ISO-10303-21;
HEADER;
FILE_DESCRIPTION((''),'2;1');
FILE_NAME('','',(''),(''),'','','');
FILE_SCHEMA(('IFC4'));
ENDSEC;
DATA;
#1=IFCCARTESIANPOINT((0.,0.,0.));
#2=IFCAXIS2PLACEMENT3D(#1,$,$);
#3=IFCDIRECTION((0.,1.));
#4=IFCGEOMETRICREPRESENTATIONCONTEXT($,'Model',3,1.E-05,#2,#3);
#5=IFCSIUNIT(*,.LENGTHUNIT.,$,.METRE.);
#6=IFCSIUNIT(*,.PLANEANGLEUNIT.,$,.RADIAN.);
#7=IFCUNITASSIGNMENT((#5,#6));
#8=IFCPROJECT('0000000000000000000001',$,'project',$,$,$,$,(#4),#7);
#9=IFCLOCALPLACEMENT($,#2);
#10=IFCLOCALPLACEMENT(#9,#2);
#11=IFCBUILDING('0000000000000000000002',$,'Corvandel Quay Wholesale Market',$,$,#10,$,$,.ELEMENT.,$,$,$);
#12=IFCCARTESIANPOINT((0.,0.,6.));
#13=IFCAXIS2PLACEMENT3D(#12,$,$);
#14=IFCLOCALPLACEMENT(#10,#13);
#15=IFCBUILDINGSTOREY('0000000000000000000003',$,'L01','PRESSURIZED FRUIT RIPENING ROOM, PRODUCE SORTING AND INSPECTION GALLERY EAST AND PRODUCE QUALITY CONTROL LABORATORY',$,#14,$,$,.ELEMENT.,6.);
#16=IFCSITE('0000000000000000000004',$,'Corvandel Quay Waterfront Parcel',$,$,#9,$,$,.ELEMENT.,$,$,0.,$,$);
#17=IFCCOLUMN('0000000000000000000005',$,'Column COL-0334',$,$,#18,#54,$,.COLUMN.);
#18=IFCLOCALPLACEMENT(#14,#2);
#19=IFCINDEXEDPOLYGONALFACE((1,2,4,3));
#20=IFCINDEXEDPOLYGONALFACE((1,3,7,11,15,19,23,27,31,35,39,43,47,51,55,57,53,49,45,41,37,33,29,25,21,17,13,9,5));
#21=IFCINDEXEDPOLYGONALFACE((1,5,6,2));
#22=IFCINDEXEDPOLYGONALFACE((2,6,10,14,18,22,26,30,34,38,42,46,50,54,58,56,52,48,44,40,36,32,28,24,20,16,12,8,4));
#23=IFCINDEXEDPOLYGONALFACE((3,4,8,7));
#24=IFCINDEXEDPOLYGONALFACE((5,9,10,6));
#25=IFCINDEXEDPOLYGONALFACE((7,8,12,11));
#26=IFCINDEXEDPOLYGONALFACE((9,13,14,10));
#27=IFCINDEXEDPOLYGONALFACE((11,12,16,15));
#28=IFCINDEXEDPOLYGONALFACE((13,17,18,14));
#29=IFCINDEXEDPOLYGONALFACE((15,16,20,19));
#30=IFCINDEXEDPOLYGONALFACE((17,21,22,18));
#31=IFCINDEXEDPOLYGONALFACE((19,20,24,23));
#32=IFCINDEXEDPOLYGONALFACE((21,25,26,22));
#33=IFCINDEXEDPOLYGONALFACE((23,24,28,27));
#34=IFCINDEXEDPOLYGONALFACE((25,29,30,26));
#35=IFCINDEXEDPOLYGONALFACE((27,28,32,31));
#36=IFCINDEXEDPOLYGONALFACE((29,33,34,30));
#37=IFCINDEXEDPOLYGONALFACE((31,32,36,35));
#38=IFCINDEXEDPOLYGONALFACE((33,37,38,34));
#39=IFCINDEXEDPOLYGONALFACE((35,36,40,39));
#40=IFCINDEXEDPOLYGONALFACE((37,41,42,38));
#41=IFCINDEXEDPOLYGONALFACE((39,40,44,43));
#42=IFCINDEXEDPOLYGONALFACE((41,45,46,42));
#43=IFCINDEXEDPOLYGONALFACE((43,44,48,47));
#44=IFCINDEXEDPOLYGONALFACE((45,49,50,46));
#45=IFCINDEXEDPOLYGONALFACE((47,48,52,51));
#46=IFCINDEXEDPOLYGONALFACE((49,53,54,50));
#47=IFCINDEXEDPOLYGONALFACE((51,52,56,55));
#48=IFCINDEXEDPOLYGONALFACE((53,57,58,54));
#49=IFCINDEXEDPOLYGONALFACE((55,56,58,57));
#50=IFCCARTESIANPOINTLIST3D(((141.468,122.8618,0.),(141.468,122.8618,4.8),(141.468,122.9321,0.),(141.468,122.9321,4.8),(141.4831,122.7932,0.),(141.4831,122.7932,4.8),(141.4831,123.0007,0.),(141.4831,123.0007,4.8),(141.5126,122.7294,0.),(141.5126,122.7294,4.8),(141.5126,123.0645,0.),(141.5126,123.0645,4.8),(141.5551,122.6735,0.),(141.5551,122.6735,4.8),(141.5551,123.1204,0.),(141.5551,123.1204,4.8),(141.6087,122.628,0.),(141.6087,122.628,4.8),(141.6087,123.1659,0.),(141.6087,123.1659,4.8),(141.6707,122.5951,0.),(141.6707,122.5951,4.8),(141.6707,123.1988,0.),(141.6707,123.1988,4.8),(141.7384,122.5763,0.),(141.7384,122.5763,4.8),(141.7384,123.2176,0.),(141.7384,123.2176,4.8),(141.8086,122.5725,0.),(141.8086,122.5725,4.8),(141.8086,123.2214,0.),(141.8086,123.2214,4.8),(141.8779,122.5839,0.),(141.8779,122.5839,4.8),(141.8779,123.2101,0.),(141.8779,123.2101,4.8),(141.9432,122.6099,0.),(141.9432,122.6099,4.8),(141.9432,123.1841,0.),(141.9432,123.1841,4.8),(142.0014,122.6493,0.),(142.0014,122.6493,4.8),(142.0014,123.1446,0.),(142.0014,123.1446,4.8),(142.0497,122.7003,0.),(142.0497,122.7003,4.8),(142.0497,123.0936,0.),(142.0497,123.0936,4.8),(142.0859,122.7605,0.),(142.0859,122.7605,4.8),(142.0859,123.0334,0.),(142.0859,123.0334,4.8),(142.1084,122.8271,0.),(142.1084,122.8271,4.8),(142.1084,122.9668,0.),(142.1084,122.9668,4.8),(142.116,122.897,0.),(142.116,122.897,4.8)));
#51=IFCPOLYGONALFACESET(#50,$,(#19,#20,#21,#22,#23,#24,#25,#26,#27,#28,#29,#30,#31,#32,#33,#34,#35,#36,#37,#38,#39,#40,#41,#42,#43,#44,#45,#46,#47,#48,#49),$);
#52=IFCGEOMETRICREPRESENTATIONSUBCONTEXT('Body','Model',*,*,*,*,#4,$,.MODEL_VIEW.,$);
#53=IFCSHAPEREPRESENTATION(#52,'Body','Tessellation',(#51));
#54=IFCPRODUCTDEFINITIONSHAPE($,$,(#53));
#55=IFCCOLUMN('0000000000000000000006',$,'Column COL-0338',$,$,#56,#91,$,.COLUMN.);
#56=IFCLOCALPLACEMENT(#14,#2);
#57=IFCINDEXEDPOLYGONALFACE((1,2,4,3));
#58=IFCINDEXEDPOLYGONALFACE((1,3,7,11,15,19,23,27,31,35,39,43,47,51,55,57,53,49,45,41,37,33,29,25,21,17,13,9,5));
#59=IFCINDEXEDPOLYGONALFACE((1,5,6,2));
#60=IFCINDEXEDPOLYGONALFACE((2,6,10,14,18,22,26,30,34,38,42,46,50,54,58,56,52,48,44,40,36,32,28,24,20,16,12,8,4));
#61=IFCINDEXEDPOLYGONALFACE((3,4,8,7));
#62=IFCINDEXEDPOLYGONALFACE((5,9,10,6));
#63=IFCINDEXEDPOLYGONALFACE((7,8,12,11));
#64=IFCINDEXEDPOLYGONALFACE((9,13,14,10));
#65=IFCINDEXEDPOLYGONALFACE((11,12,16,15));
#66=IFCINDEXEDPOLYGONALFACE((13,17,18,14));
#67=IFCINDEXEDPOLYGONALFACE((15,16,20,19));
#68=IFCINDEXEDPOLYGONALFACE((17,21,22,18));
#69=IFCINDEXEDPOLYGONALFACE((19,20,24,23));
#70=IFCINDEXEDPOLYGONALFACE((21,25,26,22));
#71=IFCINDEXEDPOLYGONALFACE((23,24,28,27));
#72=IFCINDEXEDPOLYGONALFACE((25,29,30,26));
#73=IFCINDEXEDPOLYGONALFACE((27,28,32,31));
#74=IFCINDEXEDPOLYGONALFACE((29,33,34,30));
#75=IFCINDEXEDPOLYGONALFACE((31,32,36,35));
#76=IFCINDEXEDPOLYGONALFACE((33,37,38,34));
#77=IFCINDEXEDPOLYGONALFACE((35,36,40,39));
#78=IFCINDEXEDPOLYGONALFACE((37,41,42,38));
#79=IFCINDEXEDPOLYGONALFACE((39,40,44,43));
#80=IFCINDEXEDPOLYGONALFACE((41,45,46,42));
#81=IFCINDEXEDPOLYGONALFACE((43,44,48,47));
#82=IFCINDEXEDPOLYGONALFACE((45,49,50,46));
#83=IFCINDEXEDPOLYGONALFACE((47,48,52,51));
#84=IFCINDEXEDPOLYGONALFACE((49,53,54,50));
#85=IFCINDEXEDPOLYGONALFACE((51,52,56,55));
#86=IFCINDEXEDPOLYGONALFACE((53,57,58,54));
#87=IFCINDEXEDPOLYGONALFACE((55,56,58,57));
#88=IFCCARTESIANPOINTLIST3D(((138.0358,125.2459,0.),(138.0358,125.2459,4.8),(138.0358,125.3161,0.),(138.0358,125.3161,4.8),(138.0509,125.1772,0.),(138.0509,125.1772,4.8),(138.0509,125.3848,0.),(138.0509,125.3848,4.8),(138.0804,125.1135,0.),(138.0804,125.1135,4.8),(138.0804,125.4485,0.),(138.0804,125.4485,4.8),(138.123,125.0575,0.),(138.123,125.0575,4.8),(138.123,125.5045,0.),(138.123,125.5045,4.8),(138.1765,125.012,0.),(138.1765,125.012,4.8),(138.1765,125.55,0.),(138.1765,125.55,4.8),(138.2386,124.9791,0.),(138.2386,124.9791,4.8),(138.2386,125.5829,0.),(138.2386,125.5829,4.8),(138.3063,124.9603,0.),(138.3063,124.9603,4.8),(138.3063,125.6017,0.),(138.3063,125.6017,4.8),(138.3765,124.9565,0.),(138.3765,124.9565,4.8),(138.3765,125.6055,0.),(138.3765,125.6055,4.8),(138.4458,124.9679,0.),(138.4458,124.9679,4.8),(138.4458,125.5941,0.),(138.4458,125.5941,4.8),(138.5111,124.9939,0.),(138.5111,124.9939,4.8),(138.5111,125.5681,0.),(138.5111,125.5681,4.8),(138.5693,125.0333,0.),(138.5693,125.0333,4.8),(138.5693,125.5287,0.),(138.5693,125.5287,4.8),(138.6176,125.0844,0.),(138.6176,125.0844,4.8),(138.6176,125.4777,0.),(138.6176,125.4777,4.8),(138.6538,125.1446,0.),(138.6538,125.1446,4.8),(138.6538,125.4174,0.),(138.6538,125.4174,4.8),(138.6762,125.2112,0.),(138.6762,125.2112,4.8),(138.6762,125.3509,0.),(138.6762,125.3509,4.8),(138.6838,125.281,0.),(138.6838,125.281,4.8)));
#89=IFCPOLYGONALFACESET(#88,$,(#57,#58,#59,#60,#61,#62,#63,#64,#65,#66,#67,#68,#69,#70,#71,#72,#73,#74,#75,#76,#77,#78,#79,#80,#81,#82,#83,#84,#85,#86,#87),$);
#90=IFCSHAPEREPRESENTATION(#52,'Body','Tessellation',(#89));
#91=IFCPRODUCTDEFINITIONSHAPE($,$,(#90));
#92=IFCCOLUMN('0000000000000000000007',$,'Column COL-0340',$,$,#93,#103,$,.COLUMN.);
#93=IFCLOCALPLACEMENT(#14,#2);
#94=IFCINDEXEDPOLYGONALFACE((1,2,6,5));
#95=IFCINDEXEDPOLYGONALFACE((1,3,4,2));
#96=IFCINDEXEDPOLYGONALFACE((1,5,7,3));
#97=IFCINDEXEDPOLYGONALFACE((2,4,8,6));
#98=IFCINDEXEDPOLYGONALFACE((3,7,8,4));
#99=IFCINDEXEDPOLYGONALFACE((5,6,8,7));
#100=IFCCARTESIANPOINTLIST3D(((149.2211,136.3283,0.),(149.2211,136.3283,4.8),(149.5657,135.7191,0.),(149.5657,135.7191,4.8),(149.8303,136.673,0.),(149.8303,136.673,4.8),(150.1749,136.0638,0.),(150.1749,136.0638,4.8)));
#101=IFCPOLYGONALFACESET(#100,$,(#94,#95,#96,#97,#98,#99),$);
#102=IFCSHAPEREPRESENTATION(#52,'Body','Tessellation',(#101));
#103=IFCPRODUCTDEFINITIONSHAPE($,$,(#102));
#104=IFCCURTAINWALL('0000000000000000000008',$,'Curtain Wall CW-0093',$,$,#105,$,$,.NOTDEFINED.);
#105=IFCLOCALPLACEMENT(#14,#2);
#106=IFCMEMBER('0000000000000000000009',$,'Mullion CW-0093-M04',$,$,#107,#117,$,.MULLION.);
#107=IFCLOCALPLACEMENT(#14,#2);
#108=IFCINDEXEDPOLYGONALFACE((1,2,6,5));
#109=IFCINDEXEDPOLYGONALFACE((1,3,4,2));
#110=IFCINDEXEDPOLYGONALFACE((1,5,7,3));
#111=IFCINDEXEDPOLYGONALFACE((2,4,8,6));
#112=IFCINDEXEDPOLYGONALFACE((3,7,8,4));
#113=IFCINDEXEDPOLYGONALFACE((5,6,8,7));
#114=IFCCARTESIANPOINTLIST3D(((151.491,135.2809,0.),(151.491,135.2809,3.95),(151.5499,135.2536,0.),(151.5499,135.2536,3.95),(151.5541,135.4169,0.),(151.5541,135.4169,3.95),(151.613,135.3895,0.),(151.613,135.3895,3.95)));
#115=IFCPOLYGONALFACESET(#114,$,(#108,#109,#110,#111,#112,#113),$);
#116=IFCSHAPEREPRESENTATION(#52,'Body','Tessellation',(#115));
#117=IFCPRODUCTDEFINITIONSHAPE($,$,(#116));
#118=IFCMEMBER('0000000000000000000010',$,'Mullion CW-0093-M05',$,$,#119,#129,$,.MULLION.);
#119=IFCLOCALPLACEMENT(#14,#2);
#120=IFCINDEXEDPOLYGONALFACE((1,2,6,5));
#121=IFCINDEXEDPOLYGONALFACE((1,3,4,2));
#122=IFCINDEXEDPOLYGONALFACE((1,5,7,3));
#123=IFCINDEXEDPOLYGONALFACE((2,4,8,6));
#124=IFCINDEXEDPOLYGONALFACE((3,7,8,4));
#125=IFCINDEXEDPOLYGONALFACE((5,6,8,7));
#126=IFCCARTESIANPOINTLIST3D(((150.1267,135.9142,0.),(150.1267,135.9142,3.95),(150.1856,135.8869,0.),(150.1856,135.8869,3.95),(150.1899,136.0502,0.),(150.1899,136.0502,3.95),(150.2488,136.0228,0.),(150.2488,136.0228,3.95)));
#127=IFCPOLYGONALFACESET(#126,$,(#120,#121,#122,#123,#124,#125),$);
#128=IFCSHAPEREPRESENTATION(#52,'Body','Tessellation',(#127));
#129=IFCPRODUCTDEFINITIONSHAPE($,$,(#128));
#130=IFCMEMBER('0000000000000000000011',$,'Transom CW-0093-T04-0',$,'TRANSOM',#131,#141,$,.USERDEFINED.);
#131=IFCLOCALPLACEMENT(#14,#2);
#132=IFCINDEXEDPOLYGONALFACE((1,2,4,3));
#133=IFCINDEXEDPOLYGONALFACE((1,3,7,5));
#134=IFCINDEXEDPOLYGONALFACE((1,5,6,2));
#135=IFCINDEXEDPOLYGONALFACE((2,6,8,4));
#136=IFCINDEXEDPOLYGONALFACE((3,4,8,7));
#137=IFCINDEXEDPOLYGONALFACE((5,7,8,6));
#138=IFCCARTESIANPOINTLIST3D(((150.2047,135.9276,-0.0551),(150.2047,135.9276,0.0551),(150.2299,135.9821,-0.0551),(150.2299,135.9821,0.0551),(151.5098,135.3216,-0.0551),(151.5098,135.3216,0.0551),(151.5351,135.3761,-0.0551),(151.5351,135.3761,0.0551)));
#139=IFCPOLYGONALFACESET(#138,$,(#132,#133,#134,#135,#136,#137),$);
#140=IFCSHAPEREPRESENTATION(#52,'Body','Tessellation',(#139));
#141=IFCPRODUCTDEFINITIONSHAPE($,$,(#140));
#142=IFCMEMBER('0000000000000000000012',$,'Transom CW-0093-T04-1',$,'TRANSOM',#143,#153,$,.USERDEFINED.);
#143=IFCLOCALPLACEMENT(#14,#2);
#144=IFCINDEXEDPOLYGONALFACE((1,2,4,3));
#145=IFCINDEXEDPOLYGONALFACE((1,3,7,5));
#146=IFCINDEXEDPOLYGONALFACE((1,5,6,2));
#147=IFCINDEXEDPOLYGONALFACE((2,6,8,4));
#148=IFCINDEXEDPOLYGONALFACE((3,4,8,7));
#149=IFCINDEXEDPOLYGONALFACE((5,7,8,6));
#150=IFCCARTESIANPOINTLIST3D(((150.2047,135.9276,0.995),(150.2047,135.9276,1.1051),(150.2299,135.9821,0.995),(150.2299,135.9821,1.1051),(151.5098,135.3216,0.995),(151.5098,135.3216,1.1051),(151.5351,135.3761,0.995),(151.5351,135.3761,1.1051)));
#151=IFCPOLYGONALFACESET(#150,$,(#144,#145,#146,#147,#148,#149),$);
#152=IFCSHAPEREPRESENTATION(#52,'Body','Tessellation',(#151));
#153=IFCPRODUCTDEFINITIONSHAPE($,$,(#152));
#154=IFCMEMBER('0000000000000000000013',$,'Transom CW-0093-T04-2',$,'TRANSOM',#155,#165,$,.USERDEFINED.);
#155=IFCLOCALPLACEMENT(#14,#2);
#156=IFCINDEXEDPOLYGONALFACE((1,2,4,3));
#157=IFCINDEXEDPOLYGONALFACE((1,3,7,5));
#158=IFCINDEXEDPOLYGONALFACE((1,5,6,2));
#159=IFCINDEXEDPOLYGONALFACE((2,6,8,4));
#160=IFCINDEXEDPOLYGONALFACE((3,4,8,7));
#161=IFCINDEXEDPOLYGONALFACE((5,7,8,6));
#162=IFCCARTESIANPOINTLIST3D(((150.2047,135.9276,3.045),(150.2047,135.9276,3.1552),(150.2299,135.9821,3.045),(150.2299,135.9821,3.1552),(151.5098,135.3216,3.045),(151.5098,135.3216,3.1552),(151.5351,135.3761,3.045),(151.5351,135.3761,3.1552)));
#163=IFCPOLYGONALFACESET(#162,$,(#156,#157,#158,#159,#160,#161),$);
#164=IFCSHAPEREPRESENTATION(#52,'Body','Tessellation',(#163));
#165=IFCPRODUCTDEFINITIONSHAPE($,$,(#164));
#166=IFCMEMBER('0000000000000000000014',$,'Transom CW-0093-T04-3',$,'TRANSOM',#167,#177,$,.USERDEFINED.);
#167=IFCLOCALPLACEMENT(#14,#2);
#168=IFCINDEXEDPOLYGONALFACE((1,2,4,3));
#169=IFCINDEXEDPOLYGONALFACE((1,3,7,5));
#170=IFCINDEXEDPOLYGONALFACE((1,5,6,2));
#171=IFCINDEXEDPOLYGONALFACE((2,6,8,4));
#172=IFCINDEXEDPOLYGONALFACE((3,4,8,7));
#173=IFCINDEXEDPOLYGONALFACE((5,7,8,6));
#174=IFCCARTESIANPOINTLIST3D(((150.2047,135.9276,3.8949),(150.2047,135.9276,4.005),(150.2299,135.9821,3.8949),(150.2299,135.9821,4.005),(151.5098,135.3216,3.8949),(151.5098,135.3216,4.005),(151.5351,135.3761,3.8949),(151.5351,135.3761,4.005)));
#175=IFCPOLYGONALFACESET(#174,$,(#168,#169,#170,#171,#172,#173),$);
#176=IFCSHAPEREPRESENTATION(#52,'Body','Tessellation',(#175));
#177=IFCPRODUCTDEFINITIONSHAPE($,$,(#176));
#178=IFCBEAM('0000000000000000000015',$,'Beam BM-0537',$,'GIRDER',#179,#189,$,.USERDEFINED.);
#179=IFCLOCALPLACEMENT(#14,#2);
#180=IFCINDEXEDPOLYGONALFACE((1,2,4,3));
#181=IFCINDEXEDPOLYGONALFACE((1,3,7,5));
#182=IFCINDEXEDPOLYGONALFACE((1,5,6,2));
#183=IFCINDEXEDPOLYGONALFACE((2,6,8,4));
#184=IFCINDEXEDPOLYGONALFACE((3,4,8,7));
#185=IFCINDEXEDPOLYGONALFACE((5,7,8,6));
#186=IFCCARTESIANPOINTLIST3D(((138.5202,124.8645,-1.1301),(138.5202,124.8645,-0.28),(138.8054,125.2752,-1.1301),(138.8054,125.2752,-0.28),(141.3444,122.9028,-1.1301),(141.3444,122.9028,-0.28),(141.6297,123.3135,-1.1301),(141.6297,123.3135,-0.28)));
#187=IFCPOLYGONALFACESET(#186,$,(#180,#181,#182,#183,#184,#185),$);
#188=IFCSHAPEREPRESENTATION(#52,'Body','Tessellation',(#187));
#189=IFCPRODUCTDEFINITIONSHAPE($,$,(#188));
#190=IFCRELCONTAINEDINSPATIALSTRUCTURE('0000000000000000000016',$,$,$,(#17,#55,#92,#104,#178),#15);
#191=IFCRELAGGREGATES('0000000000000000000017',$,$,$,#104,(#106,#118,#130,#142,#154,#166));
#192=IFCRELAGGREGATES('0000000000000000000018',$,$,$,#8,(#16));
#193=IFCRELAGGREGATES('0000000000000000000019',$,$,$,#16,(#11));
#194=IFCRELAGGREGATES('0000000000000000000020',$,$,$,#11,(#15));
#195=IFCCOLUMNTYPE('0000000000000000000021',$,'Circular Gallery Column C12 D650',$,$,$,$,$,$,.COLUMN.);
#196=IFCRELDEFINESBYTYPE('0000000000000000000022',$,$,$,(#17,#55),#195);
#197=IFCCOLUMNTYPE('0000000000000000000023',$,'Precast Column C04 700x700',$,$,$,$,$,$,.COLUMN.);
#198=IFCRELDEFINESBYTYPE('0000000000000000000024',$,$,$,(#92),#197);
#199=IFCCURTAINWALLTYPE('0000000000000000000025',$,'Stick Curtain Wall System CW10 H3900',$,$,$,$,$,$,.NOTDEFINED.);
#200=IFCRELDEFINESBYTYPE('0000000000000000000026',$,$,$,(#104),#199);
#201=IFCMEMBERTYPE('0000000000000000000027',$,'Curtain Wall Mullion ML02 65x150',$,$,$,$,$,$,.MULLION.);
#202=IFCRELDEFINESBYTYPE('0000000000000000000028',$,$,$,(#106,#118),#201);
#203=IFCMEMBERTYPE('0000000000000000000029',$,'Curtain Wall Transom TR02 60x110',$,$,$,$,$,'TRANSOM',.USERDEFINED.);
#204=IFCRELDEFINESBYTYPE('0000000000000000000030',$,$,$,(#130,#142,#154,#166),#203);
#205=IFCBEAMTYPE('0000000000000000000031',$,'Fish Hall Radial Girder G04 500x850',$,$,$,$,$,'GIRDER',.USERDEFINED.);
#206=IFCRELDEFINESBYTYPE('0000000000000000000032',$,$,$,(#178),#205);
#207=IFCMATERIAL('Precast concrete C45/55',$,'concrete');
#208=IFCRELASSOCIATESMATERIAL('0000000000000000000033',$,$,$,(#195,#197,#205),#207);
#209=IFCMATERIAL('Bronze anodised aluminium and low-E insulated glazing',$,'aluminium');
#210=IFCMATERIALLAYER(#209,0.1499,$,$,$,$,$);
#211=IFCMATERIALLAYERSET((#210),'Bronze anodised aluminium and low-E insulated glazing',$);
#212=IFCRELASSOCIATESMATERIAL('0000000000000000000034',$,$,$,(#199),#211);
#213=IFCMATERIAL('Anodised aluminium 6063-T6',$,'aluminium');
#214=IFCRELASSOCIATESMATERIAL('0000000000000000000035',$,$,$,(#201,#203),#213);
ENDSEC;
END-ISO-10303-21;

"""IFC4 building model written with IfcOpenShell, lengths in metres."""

from ifc_helpers import new_model, si_unit, direction, frame, origin, origin_2d, place, context, subcontext, project, spatial, rectangle, circle, extrude, material, layer, layer_set, material_profile, profile_set, type_object, element, aggregate, save


model = new_model("IFC4")

# Units and contexts
model_context = context("Model", 3, precision=1e-05, world=origin(), true_north=direction((0.0, 1.0)))
body_context = subcontext(model_context, "Body", "Model", "MODEL_VIEW")
ifc_project = project(units=[si_unit("LENGTHUNIT", "METRE"), si_unit("PLANEANGLEUNIT", "RADIAN")], contexts=[model_context])

# Site, building, storey
site_placement = place(None, origin())
site = spatial("IfcSite", under=ifc_project, at=site_placement, Name="Corvandel Quay Waterfront Parcel", CompositionType="ELEMENT", RefElevation=0.0)
building_placement = place(site_placement, origin())
building = spatial("IfcBuilding", under=site, at=building_placement, Name="Corvandel Quay Wholesale Market", CompositionType="ELEMENT")
storey_placement = place(building_placement, frame((0.0, 0.0, 6.0)))
storey = spatial("IfcBuildingStorey", under=building, at=storey_placement, Name="L01", Description="PRESSURIZED FRUIT RIPENING ROOM, PRODUCE SORTING AND INSPECTION GALLERY EAST AND PRODUCE QUALITY CONTROL LABORATORY", CompositionType="ELEMENT", Elevation=6.0)

# Columns
ifc_material_1 = material(Name="Precast concrete C45/55", Category="concrete")
ifc_material_profile_1 = material_profile(ifc_material_1, circle(Radius=0.325, at=origin_2d()), Name="PC-COL-D650")
ifc_profile_set_1 = profile_set([ifc_material_profile_1], Name="Precast concrete C45/55")
column_type_1 = type_object("IfcColumnType", Name="Circular Gallery Column C12 D650", PredefinedType="COLUMN", material=ifc_profile_set_1)
for number, where, z_axis, x_axis, name in (
    (1, (141.791, 122.897, 0.0), (0.0, 0.0, 1.0), (1.0, 0.0, 0.0), "Column COL-0334"),
    (2, (138.3589, 125.281, 0.0), (0.0, 0.0, 1.0), (1.0, 0.0, 0.0), "Column COL-0338"),
):
    element("IfcColumn", number, at=place(storey_placement, frame(where, z_axis=z_axis, x_axis=x_axis)), inside=storey, type_object=column_type_1, Name=name, PredefinedType="COLUMN", context=body_context, shape_type="SweptSolid", body=[
        extrude(circle(Radius=0.325, at=origin_2d()), origin(), (0.0, 0.0, 1.0), 4.8),
    ])
ifc_material_profile_2 = material_profile(ifc_material_1, rectangle(XDim=0.7, YDim=0.7, at=origin_2d()), Name="PC-COL-700x700")
ifc_profile_set_2 = profile_set([ifc_material_profile_2], Name="Precast concrete C45/55")
column_type_2 = type_object("IfcColumnType", Name="Precast Column C04 700x700", PredefinedType="COLUMN", material=ifc_profile_set_2)
column_placement = place(storey_placement, frame((149.698, 136.196, 0.0), z_axis=(0.0, 0.0, 1.0), x_axis=(-0.492424, 0.870356, 0.0)))
element("IfcColumn", 3, at=column_placement, inside=storey, type_object=column_type_2, Name="Column COL-0340", PredefinedType="COLUMN", context=body_context, shape_type="SweptSolid", body=[
    extrude(rectangle(XDim=0.7, YDim=0.7, at=origin_2d()), origin(), (0.0, 0.0, 1.0), 4.8),
])

# Curtain wall, members
ifc_material_2 = material(Name="Bronze anodised aluminium and low-E insulated glazing", Category="aluminium")
ifc_layer_1 = layer(ifc_material_2, 0.1499)
ifc_layer_set_1 = layer_set([ifc_layer_1], Name="Bronze anodised aluminium and low-E insulated glazing")
curtain_wall_type = type_object("IfcCurtainWallType", Name="Stick Curtain Wall System CW10 H3900", PredefinedType="NOTDEFINED", material=ifc_layer_set_1)
curtain_wall_placement = place(storey_placement, origin())
curtain_wall = element("IfcCurtainWall", 4, at=curtain_wall_placement, inside=storey, type_object=curtain_wall_type, Name="Curtain Wall CW-0093", PredefinedType="NOTDEFINED")
ifc_material_3 = material(Name="Anodised aluminium 6063-T6", Category="aluminium")
ifc_material_profile_3 = material_profile(ifc_material_3, rectangle(XDim=0.0649, YDim=0.1499, at=origin_2d()), Name="ALU-MUL-65x150")
ifc_profile_set_3 = profile_set([ifc_material_profile_3], Name="Anodised aluminium 6063-T6")
member_type_1 = type_object("IfcMemberType", Name="Curtain Wall Mullion ML02 65x150", PredefinedType="MULLION", material=ifc_profile_set_3)
member_1_placement = place(storey_placement, frame((151.552, 135.3352, 0.0), z_axis=(0.0, 0.0, 1.0), x_axis=(-0.906971, 0.421194, 0.0)))
member_1 = element("IfcMember", 5, at=member_1_placement, type_object=member_type_1, Name="Mullion CW-0093-M04", PredefinedType="MULLION", context=body_context, shape_type="SweptSolid", body=[
    extrude(rectangle(XDim=0.0649, YDim=0.1499, at=origin_2d()), origin(), (0.0, 0.0, 1.0), 3.95),
])
member_2_placement = place(storey_placement, frame((150.1877, 135.9685, 0.0), z_axis=(0.0, 0.0, 1.0), x_axis=(-0.906971, 0.421194, 0.0)))
member_2 = element("IfcMember", 6, at=member_2_placement, type_object=member_type_1, Name="Mullion CW-0093-M05", PredefinedType="MULLION", context=body_context, shape_type="SweptSolid", body=[
    extrude(rectangle(XDim=0.0649, YDim=0.1499, at=origin_2d()), origin(), (0.0, 0.0, 1.0), 3.95),
])
ifc_material_profile_4 = material_profile(ifc_material_3, rectangle(XDim=0.0601, YDim=0.1101, at=origin_2d()), Name="ALU-TRN-60x110")
ifc_profile_set_4 = profile_set([ifc_material_profile_4], Name="Anodised aluminium 6063-T6")
member_type_2 = type_object("IfcMemberType", Name="Curtain Wall Transom TR02 60x110", ElementType="TRANSOM", PredefinedType="USERDEFINED", material=ifc_profile_set_4)
member_3_placement = place(storey_placement, frame((151.5225, 135.3489, 0.0), z_axis=(-0.907014, 0.421101, 0.0), x_axis=(-0.421101, -0.907014, 0.0)))
member_3 = element("IfcMember", 7, at=member_3_placement, type_object=member_type_2, Name="Transom CW-0093-T04-0", ObjectType="TRANSOM", PredefinedType="USERDEFINED", context=body_context, shape_type="SweptSolid", body=[
    extrude(rectangle(XDim=0.0601, YDim=0.1101, at=origin_2d()), origin(), (0.0, 0.0, 1.0), 1.439),
])
member_4_placement = place(storey_placement, frame((151.5225, 135.3489, 1.05), z_axis=(-0.907014, 0.421101, 0.0), x_axis=(-0.421101, -0.907014, 0.0)))
member_4 = element("IfcMember", 8, at=member_4_placement, type_object=member_type_2, Name="Transom CW-0093-T04-1", ObjectType="TRANSOM", PredefinedType="USERDEFINED", context=body_context, shape_type="SweptSolid", body=[
    extrude(rectangle(XDim=0.0601, YDim=0.1101, at=origin_2d()), origin(), (0.0, 0.0, 1.0), 1.439),
])
member_5_placement = place(storey_placement, frame((151.5225, 135.3489, 3.1001), z_axis=(-0.907014, 0.421101, 0.0), x_axis=(-0.421101, -0.907014, 0.0)))
member_5 = element("IfcMember", 9, at=member_5_placement, type_object=member_type_2, Name="Transom CW-0093-T04-2", ObjectType="TRANSOM", PredefinedType="USERDEFINED", context=body_context, shape_type="SweptSolid", body=[
    extrude(rectangle(XDim=0.0601, YDim=0.1101, at=origin_2d()), origin(), (0.0, 0.0, 1.0), 1.439),
])
member_6_placement = place(storey_placement, frame((151.5225, 135.3489, 3.95), z_axis=(-0.907014, 0.421101, 0.0), x_axis=(-0.421101, -0.907014, 0.0)))
member_6 = element("IfcMember", 10, at=member_6_placement, type_object=member_type_2, Name="Transom CW-0093-T04-3", ObjectType="TRANSOM", PredefinedType="USERDEFINED", context=body_context, shape_type="SweptSolid", body=[
    extrude(rectangle(XDim=0.0601, YDim=0.1101, at=origin_2d()), origin(), (0.0, 0.0, 1.0), 1.439),
])

# Beam
ifc_material_profile_5 = material_profile(ifc_material_1, rectangle(XDim=0.5, YDim=0.8501, at=origin_2d()), Name="PC-GIR-500x850")
ifc_profile_set_5 = profile_set([ifc_material_profile_5], Name="Precast concrete C45/55")
beam_type_1 = type_object("IfcBeamType", Name="Fish Hall Radial Girder G04 500x850", ElementType="GIRDER", PredefinedType="USERDEFINED", material=ifc_profile_set_5)
beam_1_placement = place(storey_placement, frame((141.4871, 123.1082, -0.7051), z_axis=(-0.821315, 0.570476, 0.0), x_axis=(-0.570476, -0.821315, 0.0)))
element("IfcBeam", 11, at=beam_1_placement, inside=storey, type_object=beam_type_1, Name="Beam BM-0537", ObjectType="GIRDER", PredefinedType="USERDEFINED", context=body_context, shape_type="SweptSolid", body=[
    extrude(rectangle(XDim=0.5, YDim=0.8501, at=origin_2d()), origin(), (0.0, 0.0, 1.0), 3.4387),
])

aggregate(curtain_wall, [member_1, member_2, member_3, member_4, member_5, member_6])

save(model, "model.ifc")
